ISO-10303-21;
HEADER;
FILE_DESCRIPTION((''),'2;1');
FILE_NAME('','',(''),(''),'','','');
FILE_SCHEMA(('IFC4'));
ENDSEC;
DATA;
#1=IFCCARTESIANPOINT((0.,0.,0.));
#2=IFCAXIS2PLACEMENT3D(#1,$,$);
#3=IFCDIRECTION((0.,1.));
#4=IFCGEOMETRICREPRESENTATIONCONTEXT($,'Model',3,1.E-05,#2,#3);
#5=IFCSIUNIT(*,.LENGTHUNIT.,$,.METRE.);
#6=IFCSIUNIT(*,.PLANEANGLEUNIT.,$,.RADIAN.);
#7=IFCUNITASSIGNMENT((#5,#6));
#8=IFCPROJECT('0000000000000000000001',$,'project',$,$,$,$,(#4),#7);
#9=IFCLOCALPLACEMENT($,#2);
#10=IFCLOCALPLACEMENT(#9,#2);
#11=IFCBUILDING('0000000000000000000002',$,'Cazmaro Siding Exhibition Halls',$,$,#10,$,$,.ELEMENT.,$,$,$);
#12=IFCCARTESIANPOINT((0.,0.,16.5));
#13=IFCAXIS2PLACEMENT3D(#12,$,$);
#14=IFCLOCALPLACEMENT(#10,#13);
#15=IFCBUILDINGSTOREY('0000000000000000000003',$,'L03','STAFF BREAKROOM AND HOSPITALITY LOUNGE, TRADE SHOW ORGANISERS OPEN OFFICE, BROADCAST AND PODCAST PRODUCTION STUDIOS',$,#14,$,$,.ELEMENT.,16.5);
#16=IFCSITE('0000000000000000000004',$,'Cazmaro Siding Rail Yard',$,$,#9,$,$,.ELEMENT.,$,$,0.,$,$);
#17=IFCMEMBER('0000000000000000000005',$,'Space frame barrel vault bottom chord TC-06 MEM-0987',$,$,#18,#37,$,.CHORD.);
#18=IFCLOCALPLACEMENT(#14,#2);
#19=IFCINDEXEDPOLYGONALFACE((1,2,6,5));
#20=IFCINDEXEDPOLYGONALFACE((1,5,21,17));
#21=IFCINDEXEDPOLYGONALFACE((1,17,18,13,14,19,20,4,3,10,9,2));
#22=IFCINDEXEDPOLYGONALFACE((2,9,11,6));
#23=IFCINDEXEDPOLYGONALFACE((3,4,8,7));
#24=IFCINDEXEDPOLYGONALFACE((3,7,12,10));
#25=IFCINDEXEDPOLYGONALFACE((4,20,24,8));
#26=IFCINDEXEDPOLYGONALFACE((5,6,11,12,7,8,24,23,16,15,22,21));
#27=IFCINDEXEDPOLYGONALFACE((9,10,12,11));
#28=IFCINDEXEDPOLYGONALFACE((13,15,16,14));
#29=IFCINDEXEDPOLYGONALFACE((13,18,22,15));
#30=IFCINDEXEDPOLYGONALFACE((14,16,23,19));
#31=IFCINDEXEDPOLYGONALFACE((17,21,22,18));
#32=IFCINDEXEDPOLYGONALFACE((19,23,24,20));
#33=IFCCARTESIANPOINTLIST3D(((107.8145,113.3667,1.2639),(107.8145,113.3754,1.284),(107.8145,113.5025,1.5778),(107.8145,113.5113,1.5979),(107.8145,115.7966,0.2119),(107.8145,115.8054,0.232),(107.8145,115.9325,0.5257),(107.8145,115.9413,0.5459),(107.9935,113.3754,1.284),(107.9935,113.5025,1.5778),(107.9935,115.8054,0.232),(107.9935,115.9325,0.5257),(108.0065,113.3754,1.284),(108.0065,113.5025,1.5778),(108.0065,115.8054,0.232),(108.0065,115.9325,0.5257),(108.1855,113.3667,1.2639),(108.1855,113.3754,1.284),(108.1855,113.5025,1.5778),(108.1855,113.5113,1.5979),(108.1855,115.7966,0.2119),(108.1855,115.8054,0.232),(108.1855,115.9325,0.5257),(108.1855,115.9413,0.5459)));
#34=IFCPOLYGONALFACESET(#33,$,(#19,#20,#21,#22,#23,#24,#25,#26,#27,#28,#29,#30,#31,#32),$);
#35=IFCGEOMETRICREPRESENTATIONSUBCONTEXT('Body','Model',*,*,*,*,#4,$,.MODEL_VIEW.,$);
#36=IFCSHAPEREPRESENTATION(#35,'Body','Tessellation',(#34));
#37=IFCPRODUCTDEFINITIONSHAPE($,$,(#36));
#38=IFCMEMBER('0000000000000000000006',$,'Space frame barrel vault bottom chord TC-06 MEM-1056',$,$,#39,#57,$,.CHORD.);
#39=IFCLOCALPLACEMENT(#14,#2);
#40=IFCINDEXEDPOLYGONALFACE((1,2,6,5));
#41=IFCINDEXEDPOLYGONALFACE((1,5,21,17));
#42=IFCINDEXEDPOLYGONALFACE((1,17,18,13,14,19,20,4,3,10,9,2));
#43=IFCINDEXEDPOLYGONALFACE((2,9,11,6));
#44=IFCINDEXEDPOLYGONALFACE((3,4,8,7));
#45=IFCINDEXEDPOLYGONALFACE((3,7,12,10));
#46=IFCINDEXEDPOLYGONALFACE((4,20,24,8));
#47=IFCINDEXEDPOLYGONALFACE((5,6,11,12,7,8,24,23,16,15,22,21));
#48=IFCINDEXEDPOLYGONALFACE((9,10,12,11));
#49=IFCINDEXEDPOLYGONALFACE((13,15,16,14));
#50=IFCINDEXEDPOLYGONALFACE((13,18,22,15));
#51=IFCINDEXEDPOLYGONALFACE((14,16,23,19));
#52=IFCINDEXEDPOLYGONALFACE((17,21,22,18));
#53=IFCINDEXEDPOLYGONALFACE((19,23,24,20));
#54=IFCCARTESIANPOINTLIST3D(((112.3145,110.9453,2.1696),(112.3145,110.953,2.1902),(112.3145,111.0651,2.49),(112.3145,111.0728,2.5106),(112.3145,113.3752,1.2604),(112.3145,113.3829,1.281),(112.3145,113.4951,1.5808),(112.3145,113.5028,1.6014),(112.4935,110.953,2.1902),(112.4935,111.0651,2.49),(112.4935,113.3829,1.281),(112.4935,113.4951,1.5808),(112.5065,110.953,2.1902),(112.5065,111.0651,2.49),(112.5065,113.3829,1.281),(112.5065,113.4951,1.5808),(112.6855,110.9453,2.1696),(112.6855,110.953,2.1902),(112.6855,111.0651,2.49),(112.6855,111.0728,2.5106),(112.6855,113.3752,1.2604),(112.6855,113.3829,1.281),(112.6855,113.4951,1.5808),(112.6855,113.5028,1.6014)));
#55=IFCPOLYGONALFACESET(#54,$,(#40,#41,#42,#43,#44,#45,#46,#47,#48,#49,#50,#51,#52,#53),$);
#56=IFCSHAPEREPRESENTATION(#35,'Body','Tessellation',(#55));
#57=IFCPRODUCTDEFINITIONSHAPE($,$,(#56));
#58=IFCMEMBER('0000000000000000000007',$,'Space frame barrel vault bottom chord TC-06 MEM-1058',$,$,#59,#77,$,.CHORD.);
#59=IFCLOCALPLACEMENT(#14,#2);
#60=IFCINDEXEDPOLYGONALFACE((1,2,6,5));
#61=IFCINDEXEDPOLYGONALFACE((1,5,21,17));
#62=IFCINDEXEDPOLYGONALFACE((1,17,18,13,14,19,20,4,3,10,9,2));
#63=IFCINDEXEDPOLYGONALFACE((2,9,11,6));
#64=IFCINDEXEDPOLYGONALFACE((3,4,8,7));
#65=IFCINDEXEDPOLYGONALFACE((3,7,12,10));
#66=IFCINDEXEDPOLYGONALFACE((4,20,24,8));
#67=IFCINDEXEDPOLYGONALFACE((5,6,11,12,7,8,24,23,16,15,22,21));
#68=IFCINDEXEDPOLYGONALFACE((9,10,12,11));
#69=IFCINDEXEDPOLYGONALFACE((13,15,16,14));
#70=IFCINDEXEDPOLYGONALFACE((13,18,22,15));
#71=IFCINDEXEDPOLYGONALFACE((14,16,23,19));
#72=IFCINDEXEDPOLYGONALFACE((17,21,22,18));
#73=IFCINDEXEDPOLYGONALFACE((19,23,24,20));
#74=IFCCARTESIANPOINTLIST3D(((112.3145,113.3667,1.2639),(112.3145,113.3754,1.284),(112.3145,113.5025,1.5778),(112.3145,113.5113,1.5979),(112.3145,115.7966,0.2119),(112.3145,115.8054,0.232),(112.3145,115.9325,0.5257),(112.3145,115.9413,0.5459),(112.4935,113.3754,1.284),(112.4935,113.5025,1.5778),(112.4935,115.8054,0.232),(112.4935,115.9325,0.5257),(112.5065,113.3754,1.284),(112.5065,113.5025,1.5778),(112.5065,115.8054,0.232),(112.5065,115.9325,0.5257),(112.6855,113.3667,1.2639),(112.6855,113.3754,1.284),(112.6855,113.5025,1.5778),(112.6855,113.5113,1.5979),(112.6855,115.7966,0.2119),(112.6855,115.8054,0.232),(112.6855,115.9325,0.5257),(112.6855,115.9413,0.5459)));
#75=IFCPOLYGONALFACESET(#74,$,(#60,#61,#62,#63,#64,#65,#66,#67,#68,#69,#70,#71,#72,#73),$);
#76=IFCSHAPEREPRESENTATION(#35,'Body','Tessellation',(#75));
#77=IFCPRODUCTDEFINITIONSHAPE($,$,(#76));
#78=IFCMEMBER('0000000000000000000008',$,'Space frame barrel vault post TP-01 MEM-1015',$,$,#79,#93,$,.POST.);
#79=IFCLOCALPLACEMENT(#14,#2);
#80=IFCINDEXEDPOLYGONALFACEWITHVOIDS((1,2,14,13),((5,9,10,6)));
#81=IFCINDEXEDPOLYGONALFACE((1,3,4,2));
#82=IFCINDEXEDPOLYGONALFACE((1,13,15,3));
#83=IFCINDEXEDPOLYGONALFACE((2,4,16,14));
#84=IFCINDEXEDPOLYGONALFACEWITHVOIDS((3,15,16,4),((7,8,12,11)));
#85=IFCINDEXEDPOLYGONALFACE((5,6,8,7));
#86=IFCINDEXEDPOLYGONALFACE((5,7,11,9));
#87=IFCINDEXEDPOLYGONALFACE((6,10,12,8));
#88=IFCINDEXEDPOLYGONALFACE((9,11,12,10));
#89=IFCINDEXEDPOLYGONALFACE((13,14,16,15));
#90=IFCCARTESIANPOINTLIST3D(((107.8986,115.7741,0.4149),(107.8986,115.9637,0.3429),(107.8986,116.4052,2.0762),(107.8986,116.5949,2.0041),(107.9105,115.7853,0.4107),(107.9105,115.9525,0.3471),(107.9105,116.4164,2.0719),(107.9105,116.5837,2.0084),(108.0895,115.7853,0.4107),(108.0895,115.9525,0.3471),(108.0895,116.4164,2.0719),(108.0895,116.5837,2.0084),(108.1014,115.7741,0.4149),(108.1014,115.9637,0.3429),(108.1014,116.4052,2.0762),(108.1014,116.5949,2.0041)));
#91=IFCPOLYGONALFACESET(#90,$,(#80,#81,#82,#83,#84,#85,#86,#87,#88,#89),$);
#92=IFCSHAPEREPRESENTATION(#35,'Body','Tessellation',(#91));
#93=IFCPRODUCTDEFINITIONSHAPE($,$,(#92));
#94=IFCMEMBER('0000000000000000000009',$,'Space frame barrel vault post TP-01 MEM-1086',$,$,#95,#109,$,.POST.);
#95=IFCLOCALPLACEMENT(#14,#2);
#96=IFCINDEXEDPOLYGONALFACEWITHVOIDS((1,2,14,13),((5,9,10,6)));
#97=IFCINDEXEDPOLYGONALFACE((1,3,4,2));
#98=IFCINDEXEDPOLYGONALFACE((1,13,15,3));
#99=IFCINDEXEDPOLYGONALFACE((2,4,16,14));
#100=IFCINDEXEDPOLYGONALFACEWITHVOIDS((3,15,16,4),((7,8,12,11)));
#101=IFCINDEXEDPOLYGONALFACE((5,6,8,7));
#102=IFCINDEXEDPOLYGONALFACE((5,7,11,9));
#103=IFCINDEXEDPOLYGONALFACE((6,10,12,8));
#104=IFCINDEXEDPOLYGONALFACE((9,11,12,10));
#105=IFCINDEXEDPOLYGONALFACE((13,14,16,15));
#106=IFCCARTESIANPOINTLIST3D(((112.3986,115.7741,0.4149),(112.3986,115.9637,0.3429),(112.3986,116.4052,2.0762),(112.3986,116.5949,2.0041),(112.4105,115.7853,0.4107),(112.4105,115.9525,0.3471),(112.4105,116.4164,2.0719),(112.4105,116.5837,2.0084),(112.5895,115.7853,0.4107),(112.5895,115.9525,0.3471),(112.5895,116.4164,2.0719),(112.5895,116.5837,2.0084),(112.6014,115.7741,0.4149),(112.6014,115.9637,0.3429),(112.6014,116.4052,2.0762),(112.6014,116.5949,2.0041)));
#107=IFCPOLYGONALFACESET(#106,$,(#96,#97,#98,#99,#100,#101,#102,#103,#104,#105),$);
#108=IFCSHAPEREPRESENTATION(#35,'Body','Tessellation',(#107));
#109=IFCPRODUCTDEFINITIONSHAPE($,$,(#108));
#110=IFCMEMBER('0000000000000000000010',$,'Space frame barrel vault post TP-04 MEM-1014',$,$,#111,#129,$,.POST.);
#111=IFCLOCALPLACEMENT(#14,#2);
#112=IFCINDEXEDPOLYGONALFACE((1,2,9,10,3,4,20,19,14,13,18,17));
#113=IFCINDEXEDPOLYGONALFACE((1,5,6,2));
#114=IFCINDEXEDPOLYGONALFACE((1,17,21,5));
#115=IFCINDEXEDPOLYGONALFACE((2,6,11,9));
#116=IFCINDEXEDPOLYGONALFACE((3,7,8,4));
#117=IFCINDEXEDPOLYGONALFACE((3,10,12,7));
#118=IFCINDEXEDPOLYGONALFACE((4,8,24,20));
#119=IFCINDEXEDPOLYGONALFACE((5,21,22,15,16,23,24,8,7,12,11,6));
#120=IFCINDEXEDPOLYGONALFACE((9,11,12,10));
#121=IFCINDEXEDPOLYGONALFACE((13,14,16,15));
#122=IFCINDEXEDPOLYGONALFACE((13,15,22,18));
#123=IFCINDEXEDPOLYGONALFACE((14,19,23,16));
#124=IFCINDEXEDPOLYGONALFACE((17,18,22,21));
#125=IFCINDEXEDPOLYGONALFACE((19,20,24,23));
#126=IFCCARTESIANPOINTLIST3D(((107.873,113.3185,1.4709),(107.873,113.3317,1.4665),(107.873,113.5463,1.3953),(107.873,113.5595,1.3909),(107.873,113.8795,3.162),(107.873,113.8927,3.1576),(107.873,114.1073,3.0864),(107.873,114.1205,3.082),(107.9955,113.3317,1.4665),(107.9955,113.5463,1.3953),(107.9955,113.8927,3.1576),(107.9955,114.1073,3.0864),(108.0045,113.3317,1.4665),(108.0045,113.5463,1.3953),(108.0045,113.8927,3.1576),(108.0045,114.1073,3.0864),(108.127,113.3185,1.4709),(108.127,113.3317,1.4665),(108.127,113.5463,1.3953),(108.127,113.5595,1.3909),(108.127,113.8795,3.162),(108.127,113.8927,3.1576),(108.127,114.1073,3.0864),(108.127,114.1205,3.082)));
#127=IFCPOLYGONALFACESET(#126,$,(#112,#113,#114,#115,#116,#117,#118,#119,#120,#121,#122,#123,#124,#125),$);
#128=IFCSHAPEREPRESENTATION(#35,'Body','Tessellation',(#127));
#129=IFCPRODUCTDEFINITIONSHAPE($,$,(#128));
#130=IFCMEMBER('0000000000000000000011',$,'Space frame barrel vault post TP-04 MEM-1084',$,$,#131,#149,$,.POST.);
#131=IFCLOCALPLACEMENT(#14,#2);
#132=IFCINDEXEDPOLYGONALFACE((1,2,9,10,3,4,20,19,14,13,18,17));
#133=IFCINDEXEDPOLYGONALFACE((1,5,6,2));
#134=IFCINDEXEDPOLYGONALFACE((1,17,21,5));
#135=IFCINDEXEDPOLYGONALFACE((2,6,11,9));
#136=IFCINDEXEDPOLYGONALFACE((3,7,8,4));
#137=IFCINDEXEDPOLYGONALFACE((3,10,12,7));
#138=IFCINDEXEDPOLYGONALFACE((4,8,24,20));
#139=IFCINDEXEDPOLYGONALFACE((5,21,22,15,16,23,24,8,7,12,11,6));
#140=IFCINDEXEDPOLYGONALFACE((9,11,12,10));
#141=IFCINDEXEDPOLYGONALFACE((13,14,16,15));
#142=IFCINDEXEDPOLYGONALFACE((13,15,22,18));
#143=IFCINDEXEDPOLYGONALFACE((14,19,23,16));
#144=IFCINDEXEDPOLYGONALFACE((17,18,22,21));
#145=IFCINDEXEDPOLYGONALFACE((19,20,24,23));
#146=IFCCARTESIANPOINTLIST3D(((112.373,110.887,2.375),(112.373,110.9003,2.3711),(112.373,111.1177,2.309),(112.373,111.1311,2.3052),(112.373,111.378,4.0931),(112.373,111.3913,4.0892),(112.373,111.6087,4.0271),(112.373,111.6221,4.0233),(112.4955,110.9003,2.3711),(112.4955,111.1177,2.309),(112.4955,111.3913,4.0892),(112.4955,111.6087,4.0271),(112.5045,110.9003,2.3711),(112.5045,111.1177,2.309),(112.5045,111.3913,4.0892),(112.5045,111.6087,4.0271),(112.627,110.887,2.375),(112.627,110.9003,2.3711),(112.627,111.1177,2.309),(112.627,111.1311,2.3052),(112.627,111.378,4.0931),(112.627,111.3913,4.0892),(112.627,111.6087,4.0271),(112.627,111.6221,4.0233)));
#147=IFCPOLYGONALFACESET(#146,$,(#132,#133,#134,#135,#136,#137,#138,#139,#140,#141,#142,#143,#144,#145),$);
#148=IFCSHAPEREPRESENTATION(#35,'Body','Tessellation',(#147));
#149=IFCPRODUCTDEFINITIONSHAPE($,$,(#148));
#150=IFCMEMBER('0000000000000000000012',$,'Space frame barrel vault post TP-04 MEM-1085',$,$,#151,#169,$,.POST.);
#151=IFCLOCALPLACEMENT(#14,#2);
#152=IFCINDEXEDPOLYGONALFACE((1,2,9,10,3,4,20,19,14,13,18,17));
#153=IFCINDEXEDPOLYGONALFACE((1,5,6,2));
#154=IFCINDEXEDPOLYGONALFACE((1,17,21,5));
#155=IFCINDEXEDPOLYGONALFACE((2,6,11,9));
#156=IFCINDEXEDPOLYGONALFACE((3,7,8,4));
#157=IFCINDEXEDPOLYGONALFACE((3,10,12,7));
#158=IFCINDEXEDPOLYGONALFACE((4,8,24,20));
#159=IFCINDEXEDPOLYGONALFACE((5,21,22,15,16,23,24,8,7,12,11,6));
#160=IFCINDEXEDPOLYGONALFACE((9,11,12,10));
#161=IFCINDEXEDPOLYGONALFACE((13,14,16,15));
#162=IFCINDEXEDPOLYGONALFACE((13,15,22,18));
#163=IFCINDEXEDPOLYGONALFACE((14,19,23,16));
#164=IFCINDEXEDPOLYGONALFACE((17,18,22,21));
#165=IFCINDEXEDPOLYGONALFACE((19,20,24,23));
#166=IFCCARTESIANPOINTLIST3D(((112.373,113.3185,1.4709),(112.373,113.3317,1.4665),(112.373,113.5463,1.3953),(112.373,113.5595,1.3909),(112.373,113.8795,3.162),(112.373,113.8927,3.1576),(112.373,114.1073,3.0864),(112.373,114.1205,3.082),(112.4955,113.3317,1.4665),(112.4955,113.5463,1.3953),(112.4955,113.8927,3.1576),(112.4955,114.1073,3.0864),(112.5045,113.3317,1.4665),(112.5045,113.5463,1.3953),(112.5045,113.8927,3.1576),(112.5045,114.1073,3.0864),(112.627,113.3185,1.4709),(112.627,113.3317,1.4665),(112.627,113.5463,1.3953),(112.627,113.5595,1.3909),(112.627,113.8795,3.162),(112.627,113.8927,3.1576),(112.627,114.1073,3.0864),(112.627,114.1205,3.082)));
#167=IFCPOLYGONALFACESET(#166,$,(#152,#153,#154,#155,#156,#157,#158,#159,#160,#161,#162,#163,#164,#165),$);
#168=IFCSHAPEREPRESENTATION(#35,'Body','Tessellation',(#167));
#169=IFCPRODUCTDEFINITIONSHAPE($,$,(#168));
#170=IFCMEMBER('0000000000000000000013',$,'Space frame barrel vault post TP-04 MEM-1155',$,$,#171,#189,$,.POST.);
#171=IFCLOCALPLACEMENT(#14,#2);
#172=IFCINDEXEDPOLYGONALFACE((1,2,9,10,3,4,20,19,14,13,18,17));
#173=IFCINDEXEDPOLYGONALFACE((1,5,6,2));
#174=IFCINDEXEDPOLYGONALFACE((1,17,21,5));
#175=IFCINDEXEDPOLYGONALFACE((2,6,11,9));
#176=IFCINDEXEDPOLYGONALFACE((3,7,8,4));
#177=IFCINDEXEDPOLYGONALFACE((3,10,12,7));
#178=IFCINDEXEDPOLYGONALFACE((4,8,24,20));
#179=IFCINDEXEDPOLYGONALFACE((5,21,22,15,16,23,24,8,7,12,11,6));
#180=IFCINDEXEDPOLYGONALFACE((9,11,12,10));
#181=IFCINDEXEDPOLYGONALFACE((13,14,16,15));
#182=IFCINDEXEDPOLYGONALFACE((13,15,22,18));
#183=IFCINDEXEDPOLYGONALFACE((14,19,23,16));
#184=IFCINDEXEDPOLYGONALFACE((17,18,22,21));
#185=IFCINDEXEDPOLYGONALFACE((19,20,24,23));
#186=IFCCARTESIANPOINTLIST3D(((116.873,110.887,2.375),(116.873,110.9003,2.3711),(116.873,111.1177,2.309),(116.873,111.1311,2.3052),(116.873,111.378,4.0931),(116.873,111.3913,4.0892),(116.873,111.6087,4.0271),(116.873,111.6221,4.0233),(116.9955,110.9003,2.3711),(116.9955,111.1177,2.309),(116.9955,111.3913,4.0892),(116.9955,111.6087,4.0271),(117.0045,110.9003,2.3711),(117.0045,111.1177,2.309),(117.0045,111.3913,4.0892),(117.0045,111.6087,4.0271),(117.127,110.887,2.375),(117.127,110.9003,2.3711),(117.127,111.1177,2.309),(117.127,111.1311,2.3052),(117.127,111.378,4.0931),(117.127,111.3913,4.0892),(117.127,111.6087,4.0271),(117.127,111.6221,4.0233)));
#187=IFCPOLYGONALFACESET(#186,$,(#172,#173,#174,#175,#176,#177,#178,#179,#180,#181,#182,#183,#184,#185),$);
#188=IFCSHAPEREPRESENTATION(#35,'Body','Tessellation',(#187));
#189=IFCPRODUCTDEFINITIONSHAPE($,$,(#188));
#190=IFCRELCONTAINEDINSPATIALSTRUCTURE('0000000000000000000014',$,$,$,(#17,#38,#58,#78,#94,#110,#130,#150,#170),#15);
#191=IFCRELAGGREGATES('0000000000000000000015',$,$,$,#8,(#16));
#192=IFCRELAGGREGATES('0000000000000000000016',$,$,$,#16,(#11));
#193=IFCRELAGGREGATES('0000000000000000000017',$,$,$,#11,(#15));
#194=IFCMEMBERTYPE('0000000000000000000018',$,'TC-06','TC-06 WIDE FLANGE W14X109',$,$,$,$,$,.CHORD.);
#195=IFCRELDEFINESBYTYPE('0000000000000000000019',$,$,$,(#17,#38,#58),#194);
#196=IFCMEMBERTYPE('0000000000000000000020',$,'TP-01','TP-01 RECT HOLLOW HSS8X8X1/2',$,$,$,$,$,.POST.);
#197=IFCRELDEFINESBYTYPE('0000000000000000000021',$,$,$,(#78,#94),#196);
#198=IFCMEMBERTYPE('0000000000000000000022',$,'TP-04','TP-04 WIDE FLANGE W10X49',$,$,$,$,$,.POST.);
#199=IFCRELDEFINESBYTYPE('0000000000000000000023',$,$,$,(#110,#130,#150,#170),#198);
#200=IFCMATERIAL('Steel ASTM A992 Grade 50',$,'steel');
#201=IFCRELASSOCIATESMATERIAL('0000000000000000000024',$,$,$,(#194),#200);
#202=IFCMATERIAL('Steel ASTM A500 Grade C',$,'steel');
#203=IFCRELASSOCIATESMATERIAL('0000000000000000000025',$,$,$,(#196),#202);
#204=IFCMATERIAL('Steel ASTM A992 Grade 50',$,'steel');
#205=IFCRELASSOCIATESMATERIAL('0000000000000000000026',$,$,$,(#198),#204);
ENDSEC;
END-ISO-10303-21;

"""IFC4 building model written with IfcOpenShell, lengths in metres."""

from ifc_helpers import new_model, si_unit, direction, frame, origin, origin_2d, place, context, subcontext, project, spatial, hollow_rectangle, i_section, extrude, material, material_profile, profile_set, type_object, element, save


model = new_model("IFC4")

# Units and contexts
model_context = context("Model", 3, precision=1e-05, world=origin(), true_north=direction((0.0, 1.0)))
body_context = subcontext(model_context, "Body", "Model", "MODEL_VIEW")
ifc_project = project(units=[si_unit("LENGTHUNIT", "METRE"), si_unit("PLANEANGLEUNIT", "RADIAN")], contexts=[model_context])

# Site, building, storey
site_placement = place(None, origin())
site = spatial("IfcSite", under=ifc_project, at=site_placement, Name="Cazmaro Siding Rail Yard", CompositionType="ELEMENT", RefElevation=0.0)
building_placement = place(site_placement, origin())
building = spatial("IfcBuilding", under=site, at=building_placement, Name="Cazmaro Siding Exhibition Halls", CompositionType="ELEMENT")
storey_placement = place(building_placement, frame((0.0, 0.0, 16.5)))
storey = spatial("IfcBuildingStorey", under=building, at=storey_placement, Name="L03", Description="STAFF BREAKROOM AND HOSPITALITY LOUNGE, TRADE SHOW ORGANISERS OPEN OFFICE, BROADCAST AND PODCAST PRODUCTION STUDIOS", CompositionType="ELEMENT", Elevation=16.5)

# Members
ifc_material_1 = material(Name="Steel ASTM A992 Grade 50", Category="steel")
ifc_material_profile_1 = material_profile(ifc_material_1, i_section(OverallWidth=0.3711, OverallDepth=0.364, WebThickness=0.0129, FlangeThickness=0.022, at=origin_2d()), Name="W14X109")
ifc_profile_set_1 = profile_set([ifc_material_profile_1], Name="Steel ASTM A992 Grade 50")
member_type_1 = type_object("IfcMemberType", Name="TC-06", Description="TC-06 WIDE FLANGE W14X109", PredefinedType="CHORD", material=ifc_profile_set_1)
member_1_placement = place(storey_placement, frame((108.0, 113.439, 1.4309), z_axis=(0.0, 0.917689, -0.397299), x_axis=(-1.0, 0.0, 0.0)))
element("IfcMember", 1, at=member_1_placement, inside=storey, type_object=member_type_1, Name="Space frame barrel vault bottom chord TC-06 MEM-0987", PredefinedType="CHORD", context=body_context, shape_type="SweptSolid", body=[
    extrude(i_section(OverallWidth=0.3711, OverallDepth=0.364, WebThickness=0.0129, FlangeThickness=0.022, at=origin_2d()), origin(), (0.0, 0.0, 1.0), 2.6479),
])
member_2_placement = place(storey_placement, frame((112.5, 111.009, 2.3401), z_axis=(0.0, 0.936588, -0.350432), x_axis=(-1.0, 0.0, 0.0)))
element("IfcMember", 2, at=member_2_placement, inside=storey, type_object=member_type_1, Name="Space frame barrel vault bottom chord TC-06 MEM-1056", PredefinedType="CHORD", context=body_context, shape_type="SweptSolid", body=[
    extrude(i_section(OverallWidth=0.3711, OverallDepth=0.364, WebThickness=0.0129, FlangeThickness=0.022, at=origin_2d()), origin(), (0.0, 0.0, 1.0), 2.5945),
])
member_3_placement = place(storey_placement, frame((112.5, 113.439, 1.4309), z_axis=(0.0, 0.917689, -0.397299), x_axis=(-1.0, 0.0, 0.0)))
element("IfcMember", 3, at=member_3_placement, inside=storey, type_object=member_type_1, Name="Space frame barrel vault bottom chord TC-06 MEM-1058", PredefinedType="CHORD", context=body_context, shape_type="SweptSolid", body=[
    extrude(i_section(OverallWidth=0.3711, OverallDepth=0.364, WebThickness=0.0129, FlangeThickness=0.022, at=origin_2d()), origin(), (0.0, 0.0, 1.0), 2.6479),
])
ifc_material_2 = material(Name="Steel ASTM A500 Grade C", Category="steel")
ifc_material_profile_2 = material_profile(ifc_material_2, hollow_rectangle(XDim=0.2029, YDim=0.2029, WallThickness=0.012, at=origin_2d()), Name="HSS8X8X1/2")
ifc_profile_set_2 = profile_set([ifc_material_profile_2], Name="Steel ASTM A500 Grade C")
member_type_2 = type_object("IfcMemberType", Name="TP-01", Description="TP-01 RECT HOLLOW HSS8X8X1/2", PredefinedType="POST", material=ifc_profile_set_2)
for number, where, z_axis, x_axis, name in (
    (4, (108.0, 115.8689, 0.3789), (0.0, 0.355155, 0.934807), (-1.0, 0.0, 0.0), "Space frame barrel vault post TP-01 MEM-1015"),
    (5, (112.5, 115.8689, 0.3789), (0.0, 0.355155, 0.934807), (-1.0, 0.0, 0.0), "Space frame barrel vault post TP-01 MEM-1086"),
):
    element("IfcMember", number, at=place(storey_placement, frame(where, z_axis=z_axis, x_axis=x_axis)), inside=storey, type_object=member_type_2, Name=name, PredefinedType="POST", context=body_context, shape_type="SweptSolid", body=[
        extrude(hollow_rectangle(XDim=0.2029, YDim=0.2029, WallThickness=0.012, at=origin_2d()), origin(), (0.0, 0.0, 1.0), 1.7771),
    ])
ifc_material_3 = material(Name="Steel ASTM A992 Grade 50", Category="steel")
ifc_material_profile_3 = material_profile(ifc_material_3, i_section(OverallWidth=0.2539, OverallDepth=0.2539, WebThickness=0.009, FlangeThickness=0.0139, at=origin_2d()), Name="W10X49")
ifc_profile_set_3 = profile_set([ifc_material_profile_3], Name="Steel ASTM A992 Grade 50")
member_type_3 = type_object("IfcMemberType", Name="TP-04", Description="TP-04 WIDE FLANGE W10X49", PredefinedType="POST", material=ifc_profile_set_3)
member_4_placement = place(storey_placement, frame((108.0, 113.439, 1.4309), z_axis=(0.0, 0.314871, 0.949134), x_axis=(-1.0, 0.0, 0.0)))
element("IfcMember", 6, at=member_4_placement, inside=storey, type_object=member_type_3, Name="Space frame barrel vault post TP-04 MEM-1014", PredefinedType="POST", context=body_context, shape_type="SweptSolid", body=[
    extrude(i_section(OverallWidth=0.2539, OverallDepth=0.2539, WebThickness=0.009, FlangeThickness=0.0139, at=origin_2d()), origin(), (0.0, 0.0, 1.0), 1.7817),
])
member_5_placement = place(storey_placement, frame((112.5, 111.009, 2.3401), z_axis=(0.0, 0.274775, 0.961508), x_axis=(-1.0, 0.0, 0.0)))
element("IfcMember", 7, at=member_5_placement, inside=storey, type_object=member_type_3, Name="Space frame barrel vault post TP-04 MEM-1084", PredefinedType="POST", context=body_context, shape_type="SweptSolid", body=[
    extrude(i_section(OverallWidth=0.2539, OverallDepth=0.2539, WebThickness=0.009, FlangeThickness=0.0139, at=origin_2d()), origin(), (0.0, 0.0, 1.0), 1.7869),
])
member_6_placement = place(storey_placement, frame((112.5, 113.439, 1.4309), z_axis=(0.0, 0.314871, 0.949134), x_axis=(-1.0, 0.0, 0.0)))
element("IfcMember", 8, at=member_6_placement, inside=storey, type_object=member_type_3, Name="Space frame barrel vault post TP-04 MEM-1085", PredefinedType="POST", context=body_context, shape_type="SweptSolid", body=[
    extrude(i_section(OverallWidth=0.2539, OverallDepth=0.2539, WebThickness=0.009, FlangeThickness=0.0139, at=origin_2d()), origin(), (0.0, 0.0, 1.0), 1.7817),
])
member_7_placement = place(storey_placement, frame((117.0, 111.009, 2.3401), z_axis=(0.0, 0.274775, 0.961508), x_axis=(-1.0, 0.0, 0.0)))
element("IfcMember", 9, at=member_7_placement, inside=storey, type_object=member_type_3, Name="Space frame barrel vault post TP-04 MEM-1155", PredefinedType="POST", context=body_context, shape_type="SweptSolid", body=[
    extrude(i_section(OverallWidth=0.2539, OverallDepth=0.2539, WebThickness=0.009, FlangeThickness=0.0139, at=origin_2d()), origin(), (0.0, 0.0, 1.0), 1.7869),
])

save(model, "model.ifc")
